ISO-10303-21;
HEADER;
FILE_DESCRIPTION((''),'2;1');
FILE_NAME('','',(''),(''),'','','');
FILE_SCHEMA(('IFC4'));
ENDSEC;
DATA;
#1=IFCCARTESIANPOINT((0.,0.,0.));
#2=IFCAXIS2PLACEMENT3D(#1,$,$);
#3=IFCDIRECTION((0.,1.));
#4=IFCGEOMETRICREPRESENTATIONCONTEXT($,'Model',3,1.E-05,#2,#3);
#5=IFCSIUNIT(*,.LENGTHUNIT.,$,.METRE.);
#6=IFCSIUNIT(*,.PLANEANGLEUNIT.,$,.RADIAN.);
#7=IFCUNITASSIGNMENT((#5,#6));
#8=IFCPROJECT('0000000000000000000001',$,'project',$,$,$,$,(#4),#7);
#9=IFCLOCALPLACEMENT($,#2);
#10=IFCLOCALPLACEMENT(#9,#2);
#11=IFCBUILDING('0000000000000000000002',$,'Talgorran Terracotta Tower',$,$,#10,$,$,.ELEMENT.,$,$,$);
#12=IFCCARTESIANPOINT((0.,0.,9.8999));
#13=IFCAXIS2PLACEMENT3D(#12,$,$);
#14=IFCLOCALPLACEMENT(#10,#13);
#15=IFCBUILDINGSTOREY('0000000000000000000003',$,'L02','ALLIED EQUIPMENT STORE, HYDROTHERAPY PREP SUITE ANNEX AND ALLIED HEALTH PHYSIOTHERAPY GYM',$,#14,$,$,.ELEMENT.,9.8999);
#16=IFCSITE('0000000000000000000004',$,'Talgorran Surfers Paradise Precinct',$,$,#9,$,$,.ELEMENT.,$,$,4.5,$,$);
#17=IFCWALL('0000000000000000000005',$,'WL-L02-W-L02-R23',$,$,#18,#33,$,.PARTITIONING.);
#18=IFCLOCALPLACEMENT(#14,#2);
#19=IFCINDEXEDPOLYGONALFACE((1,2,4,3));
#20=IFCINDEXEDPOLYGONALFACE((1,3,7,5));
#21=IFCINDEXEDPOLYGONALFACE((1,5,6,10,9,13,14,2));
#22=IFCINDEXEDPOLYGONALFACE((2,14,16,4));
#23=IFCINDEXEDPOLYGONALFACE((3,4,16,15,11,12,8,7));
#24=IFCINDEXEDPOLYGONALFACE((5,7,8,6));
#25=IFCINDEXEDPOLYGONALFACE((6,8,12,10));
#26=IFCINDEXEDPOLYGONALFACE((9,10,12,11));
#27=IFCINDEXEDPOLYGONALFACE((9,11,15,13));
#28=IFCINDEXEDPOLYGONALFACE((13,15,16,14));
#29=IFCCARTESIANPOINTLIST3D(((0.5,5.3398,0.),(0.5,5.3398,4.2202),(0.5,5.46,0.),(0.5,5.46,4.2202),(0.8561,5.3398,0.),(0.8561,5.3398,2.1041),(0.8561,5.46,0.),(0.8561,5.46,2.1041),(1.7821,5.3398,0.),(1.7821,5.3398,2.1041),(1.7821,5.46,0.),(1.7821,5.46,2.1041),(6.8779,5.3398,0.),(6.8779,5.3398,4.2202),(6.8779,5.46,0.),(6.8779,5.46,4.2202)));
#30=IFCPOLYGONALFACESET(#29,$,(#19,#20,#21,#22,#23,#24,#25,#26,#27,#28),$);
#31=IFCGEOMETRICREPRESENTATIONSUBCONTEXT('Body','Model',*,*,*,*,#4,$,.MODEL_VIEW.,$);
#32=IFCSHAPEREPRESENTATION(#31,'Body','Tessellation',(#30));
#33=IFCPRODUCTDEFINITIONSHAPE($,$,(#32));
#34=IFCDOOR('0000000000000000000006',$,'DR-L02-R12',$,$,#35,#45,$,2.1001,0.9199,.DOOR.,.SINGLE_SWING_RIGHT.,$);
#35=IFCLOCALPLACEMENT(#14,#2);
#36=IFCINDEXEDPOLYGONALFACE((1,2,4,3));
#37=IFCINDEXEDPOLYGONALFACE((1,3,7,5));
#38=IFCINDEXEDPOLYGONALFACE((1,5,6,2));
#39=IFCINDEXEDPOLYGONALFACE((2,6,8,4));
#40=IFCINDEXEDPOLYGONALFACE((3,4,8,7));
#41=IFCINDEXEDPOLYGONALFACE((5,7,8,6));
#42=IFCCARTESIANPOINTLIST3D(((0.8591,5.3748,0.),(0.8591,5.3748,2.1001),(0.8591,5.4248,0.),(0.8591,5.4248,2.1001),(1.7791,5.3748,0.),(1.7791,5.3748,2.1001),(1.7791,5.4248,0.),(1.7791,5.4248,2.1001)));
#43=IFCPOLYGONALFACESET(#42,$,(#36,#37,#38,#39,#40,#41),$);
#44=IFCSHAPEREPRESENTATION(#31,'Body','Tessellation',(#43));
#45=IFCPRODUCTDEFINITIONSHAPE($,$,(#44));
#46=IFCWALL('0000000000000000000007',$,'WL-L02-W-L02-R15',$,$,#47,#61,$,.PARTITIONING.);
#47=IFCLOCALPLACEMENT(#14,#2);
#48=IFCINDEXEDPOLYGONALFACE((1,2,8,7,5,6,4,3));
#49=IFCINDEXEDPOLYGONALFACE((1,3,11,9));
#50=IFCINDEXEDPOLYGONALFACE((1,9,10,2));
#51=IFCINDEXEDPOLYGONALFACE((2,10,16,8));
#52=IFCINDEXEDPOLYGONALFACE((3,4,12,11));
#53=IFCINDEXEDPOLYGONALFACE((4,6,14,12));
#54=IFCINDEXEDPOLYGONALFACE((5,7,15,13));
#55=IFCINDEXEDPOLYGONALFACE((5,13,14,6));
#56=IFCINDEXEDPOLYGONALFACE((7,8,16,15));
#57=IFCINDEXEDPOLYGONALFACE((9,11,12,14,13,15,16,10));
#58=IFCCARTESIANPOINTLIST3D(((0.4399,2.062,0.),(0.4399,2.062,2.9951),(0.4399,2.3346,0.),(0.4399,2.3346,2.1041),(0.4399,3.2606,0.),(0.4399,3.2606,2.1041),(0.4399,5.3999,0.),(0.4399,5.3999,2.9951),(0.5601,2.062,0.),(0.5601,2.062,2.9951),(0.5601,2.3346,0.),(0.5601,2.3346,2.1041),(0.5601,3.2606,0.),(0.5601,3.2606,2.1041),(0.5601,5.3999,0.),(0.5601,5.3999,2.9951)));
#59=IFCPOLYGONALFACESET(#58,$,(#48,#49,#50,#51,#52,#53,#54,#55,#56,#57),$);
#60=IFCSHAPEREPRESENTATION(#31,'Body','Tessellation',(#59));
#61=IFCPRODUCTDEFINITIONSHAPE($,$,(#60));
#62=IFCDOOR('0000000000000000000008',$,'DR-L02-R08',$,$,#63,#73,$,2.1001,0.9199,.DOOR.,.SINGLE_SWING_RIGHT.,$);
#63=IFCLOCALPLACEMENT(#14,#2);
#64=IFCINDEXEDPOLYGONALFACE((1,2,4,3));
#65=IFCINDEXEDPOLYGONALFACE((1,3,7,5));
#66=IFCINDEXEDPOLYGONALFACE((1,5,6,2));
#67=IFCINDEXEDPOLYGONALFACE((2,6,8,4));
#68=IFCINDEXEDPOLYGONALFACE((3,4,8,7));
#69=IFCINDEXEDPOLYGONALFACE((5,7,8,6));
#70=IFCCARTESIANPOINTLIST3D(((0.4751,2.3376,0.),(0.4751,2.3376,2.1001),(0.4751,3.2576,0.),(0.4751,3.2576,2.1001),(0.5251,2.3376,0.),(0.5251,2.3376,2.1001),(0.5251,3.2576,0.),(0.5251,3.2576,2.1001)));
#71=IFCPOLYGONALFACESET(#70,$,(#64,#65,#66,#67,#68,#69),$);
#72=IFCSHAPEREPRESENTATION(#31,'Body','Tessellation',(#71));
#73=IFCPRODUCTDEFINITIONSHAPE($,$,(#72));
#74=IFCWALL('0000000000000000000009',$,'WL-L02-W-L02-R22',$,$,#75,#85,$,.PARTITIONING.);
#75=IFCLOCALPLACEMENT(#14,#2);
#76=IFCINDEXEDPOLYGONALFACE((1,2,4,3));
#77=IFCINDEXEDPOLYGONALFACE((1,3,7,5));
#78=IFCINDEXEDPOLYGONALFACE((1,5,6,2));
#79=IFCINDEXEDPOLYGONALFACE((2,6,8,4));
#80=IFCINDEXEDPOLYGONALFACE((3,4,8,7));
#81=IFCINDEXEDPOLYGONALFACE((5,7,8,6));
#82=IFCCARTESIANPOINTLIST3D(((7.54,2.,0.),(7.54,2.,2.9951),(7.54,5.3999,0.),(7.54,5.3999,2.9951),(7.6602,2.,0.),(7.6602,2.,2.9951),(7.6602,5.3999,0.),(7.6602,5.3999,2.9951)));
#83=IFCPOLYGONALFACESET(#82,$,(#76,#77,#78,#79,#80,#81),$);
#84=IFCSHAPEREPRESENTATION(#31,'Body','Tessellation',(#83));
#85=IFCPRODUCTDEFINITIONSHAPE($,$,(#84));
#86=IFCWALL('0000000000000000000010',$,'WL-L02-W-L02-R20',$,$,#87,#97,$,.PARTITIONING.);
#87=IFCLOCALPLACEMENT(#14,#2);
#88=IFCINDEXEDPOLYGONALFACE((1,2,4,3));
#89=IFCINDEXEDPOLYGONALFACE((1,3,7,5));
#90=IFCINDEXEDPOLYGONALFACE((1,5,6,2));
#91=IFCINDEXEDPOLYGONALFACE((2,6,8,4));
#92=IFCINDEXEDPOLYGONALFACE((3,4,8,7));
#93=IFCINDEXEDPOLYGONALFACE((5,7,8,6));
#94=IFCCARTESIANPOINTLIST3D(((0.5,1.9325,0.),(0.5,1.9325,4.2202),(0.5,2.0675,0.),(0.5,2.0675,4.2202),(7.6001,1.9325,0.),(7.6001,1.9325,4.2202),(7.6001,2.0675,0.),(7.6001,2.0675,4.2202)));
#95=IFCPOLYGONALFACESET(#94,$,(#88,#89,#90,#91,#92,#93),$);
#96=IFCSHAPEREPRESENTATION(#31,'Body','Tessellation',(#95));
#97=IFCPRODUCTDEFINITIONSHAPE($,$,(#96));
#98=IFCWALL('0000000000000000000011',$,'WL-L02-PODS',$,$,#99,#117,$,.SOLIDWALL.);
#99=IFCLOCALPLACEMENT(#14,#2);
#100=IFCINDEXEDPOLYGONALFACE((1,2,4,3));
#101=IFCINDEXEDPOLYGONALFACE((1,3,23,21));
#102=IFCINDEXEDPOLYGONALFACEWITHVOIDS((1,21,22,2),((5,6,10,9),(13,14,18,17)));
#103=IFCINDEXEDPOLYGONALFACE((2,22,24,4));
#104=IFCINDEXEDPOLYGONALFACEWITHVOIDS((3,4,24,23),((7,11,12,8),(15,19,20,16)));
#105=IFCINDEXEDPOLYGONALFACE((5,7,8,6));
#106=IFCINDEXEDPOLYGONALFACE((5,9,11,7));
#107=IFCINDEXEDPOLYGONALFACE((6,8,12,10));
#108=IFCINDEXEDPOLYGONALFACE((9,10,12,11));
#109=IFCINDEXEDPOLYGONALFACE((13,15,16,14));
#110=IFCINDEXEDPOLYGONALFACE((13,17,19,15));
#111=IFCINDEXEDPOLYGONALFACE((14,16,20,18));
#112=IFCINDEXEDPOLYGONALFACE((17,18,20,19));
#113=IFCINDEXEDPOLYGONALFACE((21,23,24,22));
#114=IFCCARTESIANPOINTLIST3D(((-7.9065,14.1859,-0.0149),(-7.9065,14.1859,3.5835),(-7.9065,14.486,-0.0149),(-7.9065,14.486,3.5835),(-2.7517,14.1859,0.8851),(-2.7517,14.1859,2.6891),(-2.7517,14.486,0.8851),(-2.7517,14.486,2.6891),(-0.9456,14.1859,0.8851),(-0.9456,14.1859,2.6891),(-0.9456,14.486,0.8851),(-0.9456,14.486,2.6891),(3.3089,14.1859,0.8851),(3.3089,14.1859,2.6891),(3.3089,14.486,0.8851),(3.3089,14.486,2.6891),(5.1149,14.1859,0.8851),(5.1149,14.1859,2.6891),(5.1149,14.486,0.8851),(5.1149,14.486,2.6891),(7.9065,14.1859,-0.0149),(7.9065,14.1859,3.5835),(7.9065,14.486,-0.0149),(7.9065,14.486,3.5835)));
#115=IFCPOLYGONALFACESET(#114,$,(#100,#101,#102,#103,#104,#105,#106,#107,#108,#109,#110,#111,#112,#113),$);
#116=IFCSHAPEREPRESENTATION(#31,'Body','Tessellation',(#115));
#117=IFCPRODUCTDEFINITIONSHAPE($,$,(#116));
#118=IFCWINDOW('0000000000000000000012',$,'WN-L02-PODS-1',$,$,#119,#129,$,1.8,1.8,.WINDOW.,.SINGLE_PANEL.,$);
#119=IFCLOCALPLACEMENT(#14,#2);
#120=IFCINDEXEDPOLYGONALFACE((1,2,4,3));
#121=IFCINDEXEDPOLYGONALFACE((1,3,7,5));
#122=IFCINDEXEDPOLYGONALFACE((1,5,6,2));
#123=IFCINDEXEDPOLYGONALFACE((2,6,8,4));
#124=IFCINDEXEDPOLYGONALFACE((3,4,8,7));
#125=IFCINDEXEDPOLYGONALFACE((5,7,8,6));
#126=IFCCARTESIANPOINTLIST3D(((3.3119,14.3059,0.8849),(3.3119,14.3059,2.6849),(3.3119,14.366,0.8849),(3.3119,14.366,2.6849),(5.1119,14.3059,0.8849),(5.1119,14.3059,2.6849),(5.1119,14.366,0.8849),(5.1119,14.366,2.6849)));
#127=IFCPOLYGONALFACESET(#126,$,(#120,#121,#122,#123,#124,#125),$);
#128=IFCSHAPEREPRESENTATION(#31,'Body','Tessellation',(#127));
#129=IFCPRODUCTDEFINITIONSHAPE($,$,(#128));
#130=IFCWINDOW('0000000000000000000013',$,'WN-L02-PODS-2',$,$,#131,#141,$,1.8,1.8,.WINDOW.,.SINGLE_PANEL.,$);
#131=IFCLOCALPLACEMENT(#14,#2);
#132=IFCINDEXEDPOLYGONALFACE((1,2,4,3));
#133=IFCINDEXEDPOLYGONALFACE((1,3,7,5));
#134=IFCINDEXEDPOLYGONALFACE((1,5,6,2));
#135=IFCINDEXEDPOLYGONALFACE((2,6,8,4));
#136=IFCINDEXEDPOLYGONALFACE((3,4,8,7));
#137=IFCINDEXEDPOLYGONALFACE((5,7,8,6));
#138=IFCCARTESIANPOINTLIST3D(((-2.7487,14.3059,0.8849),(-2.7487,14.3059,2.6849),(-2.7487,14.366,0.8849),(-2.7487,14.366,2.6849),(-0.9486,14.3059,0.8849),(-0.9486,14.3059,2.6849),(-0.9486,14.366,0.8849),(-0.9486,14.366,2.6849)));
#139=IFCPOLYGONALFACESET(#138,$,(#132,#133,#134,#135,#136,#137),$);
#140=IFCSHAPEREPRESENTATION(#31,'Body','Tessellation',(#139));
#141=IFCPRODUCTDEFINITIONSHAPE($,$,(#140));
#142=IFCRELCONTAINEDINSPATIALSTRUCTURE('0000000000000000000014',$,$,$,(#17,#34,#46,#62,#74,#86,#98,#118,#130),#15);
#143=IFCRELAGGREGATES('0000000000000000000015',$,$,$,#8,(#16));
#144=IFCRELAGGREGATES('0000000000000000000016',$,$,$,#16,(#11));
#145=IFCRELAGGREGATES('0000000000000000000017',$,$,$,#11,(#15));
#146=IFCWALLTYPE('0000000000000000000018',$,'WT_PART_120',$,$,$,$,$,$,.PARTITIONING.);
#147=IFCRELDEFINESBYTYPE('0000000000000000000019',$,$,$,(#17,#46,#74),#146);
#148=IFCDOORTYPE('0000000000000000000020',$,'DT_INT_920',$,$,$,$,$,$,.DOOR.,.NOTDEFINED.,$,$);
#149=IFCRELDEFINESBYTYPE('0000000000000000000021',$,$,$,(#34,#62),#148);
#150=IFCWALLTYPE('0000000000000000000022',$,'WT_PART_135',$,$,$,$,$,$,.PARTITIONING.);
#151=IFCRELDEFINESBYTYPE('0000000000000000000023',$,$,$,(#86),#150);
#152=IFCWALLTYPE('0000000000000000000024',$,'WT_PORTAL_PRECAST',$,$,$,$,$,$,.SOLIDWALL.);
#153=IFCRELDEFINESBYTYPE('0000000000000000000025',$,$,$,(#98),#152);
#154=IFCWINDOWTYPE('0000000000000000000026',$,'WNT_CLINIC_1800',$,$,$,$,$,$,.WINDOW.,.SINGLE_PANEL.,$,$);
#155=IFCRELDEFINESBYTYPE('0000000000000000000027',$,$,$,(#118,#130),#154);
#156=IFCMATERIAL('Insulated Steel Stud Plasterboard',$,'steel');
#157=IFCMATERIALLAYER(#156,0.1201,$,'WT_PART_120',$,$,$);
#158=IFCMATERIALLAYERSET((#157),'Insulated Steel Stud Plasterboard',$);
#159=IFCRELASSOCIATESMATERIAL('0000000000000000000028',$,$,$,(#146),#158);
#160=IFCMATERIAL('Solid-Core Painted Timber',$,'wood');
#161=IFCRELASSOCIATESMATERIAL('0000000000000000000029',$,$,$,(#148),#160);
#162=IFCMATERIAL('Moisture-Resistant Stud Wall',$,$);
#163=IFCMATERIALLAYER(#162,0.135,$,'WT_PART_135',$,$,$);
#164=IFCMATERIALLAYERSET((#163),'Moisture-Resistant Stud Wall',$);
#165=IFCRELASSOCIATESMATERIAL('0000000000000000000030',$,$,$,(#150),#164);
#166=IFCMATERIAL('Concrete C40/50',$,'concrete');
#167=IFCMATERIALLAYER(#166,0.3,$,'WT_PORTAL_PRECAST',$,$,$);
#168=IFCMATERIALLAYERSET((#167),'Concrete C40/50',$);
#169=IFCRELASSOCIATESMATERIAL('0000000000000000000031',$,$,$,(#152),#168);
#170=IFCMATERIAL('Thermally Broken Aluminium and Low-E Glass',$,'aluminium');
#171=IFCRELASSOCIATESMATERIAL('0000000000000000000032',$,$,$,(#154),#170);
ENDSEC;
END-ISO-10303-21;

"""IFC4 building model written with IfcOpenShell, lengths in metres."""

from ifc_helpers import new_model, si_unit, direction, frame, frame_2d, origin, place, context, subcontext, project, spatial, rectangle, extrude, material, layer, layer_set, type_object, element, fill, save


model = new_model("IFC4")

# Units and contexts
model_context = context("Model", 3, precision=1e-05, world=origin(), true_north=direction((0.0, 1.0)))
body_context = subcontext(model_context, "Body", "Model", "MODEL_VIEW")
ifc_project = project(units=[si_unit("LENGTHUNIT", "METRE"), si_unit("PLANEANGLEUNIT", "RADIAN")], contexts=[model_context])

# Site, building, storey
site_placement = place(None, origin())
site = spatial("IfcSite", under=ifc_project, at=site_placement, Name="Talgorran Surfers Paradise Precinct", CompositionType="ELEMENT", RefElevation=4.5)
building_placement = place(site_placement, origin())
building = spatial("IfcBuilding", under=site, at=building_placement, Name="Talgorran Terracotta Tower", CompositionType="ELEMENT")
storey_placement = place(building_placement, frame((0.0, 0.0, 9.8999)))
storey = spatial("IfcBuildingStorey", under=building, at=storey_placement, Name="L02", Description="ALLIED EQUIPMENT STORE, HYDROTHERAPY PREP SUITE ANNEX AND ALLIED HEALTH PHYSIOTHERAPY GYM", CompositionType="ELEMENT", Elevation=9.8999)

# Shared definitions
ifc_material_1 = material(Name="Concrete C40/50", Category="concrete")

# Shared definitions
ifc_material_2 = material(Name="Insulated Steel Stud Plasterboard", Category="steel")
ifc_layer_1 = layer(ifc_material_2, 0.1201, Name="WT_PART_120")
ifc_layer_set_1 = layer_set([ifc_layer_1], Name="Insulated Steel Stud Plasterboard")
wall_type_1 = type_object("IfcWallType", Name="WT_PART_120", PredefinedType="PARTITIONING", material=ifc_layer_set_1)

# Shared definitions
ifc_material_3 = material(Name="Solid-Core Painted Timber", Category="wood")
door_type = type_object("IfcDoorType", Name="DT_INT_920", OperationType="NOTDEFINED", PredefinedType="DOOR", material=ifc_material_3)

# Walls, openings, doors
wall_1_placement = place(storey_placement, frame((0.5, 5.3999, 0.0), z_axis=(0.0, 0.0, 1.0), x_axis=(1.0, 0.0, 0.0)))
wall_1 = element("IfcWall", 1, at=wall_1_placement, inside=storey, type_object=wall_type_1, Name="WL-L02-W-L02-R23", PredefinedType="PARTITIONING", context=body_context, shape_type="SweptSolid", body=[
    extrude(rectangle(XDim=6.3779, YDim=0.1201, at=frame_2d((3.189, 0.0))), origin(), (0.0, 0.0, 1.0), 4.2202),
])
opening_1_placement = place(wall_1_placement, frame((0.3591, 0.0, 0.0)))
opening_1 = element("IfcOpeningElement", 2, at=opening_1_placement, cuts=wall_1, PredefinedType="OPENING", context=body_context, shape_type="SweptSolid", body=[
    extrude(rectangle(XDim=0.9259, YDim=2.1041, at=frame_2d((0.46, 1.052))), frame((0.0, 0.0701, 0.0), z_axis=(0.0, -1.0, 0.0), x_axis=(1.0, 0.0, 0.0)), (0.0, 0.0, 1.0), 0.1401),
])
door_1_placement = place(opening_1_placement, origin())
door_1 = element("IfcDoor", 3, at=door_1_placement, inside=storey, type_object=door_type, Name="DR-L02-R12", OperationType="SINGLE_SWING_RIGHT", OverallHeight=2.1001, OverallWidth=0.9199, PredefinedType="DOOR", context=body_context, shape_type="SweptSolid", body=[
    extrude(rectangle(XDim=0.9199, YDim=2.1001, at=frame_2d((0.46, 1.05))), frame((0.0, 0.0249, 0.0), z_axis=(0.0, -1.0, 0.0), x_axis=(1.0, 0.0, 0.0)), (0.0, 0.0, 1.0), 0.05),
])
fill(opening_1, door_1)
wall_2_placement = place(storey_placement, frame((0.5, 2.062, 0.0), z_axis=(0.0, 0.0, 1.0), x_axis=(0.0, 1.0, 0.0)))
wall_2 = element("IfcWall", 4, at=wall_2_placement, inside=storey, type_object=wall_type_1, Name="WL-L02-W-L02-R15", PredefinedType="PARTITIONING", context=body_context, shape_type="SweptSolid", body=[
    extrude(rectangle(XDim=3.3379, YDim=0.1201, at=frame_2d((1.6689, 0.0))), origin(), (0.0, 0.0, 1.0), 2.9951),
])
opening_2_placement = place(wall_2_placement, frame((0.2756, 0.0, 0.0)))
opening_2 = element("IfcOpeningElement", 5, at=opening_2_placement, cuts=wall_2, PredefinedType="OPENING", context=body_context, shape_type="SweptSolid", body=[
    extrude(rectangle(XDim=0.9259, YDim=2.1041, at=frame_2d((0.46, 1.052))), frame((0.0, 0.0701, 0.0), z_axis=(0.0, -1.0, 0.0), x_axis=(1.0, 0.0, 0.0)), (0.0, 0.0, 1.0), 0.1401),
])
door_2_placement = place(opening_2_placement, origin())
door_2 = element("IfcDoor", 6, at=door_2_placement, inside=storey, type_object=door_type, Name="DR-L02-R08", OperationType="SINGLE_SWING_RIGHT", OverallHeight=2.1001, OverallWidth=0.9199, PredefinedType="DOOR", context=body_context, shape_type="SweptSolid", body=[
    extrude(rectangle(XDim=0.9199, YDim=2.1001, at=frame_2d((0.46, 1.05))), frame((0.0, 0.0249, 0.0), z_axis=(0.0, -1.0, 0.0), x_axis=(1.0, 0.0, 0.0)), (0.0, 0.0, 1.0), 0.05),
])
fill(opening_2, door_2)

# Walls
wall_3_placement = place(storey_placement, frame((7.6001, 2.0, 0.0), z_axis=(0.0, 0.0, 1.0), x_axis=(0.0, 1.0, 0.0)))
element("IfcWall", 7, at=wall_3_placement, inside=storey, type_object=wall_type_1, Name="WL-L02-W-L02-R22", PredefinedType="PARTITIONING", context=body_context, shape_type="SweptSolid", body=[
    extrude(rectangle(XDim=3.3999, YDim=0.1201, at=frame_2d((1.7, 0.0))), origin(), (0.0, 0.0, 1.0), 2.9951),
])
ifc_material_4 = material(Name="Moisture-Resistant Stud Wall")
ifc_layer_2 = layer(ifc_material_4, 0.135, Name="WT_PART_135")
ifc_layer_set_2 = layer_set([ifc_layer_2], Name="Moisture-Resistant Stud Wall")
wall_type_2 = type_object("IfcWallType", Name="WT_PART_135", PredefinedType="PARTITIONING", material=ifc_layer_set_2)
wall_4_placement = place(storey_placement, frame((0.5, 2.0, 0.0), z_axis=(0.0, 0.0, 1.0), x_axis=(1.0, 0.0, 0.0)))
element("IfcWall", 8, at=wall_4_placement, inside=storey, type_object=wall_type_2, Name="WL-L02-W-L02-R20", PredefinedType="PARTITIONING", context=body_context, shape_type="SweptSolid", body=[
    extrude(rectangle(XDim=7.1001, YDim=0.135, at=frame_2d((3.55, 0.0))), origin(), (0.0, 0.0, 1.0), 4.2202),
])

# Wall, openings, windows
ifc_layer_3 = layer(ifc_material_1, 0.3, Name="WT_PORTAL_PRECAST")
ifc_layer_set_3 = layer_set([ifc_layer_3], Name="Concrete C40/50")
wall_type_3 = type_object("IfcWallType", Name="WT_PORTAL_PRECAST", PredefinedType="SOLIDWALL", material=ifc_layer_set_3)
wall_5_placement = place(storey_placement, frame((7.9065, 14.3359, -0.0149), z_axis=(0.0, 0.0, 1.0), x_axis=(-1.0, 0.0, 0.0)))
wall_5 = element("IfcWall", 9, at=wall_5_placement, inside=storey, type_object=wall_type_3, Name="WL-L02-PODS", PredefinedType="SOLIDWALL", context=body_context, shape_type="SweptSolid", body=[
    extrude(rectangle(XDim=15.813, YDim=0.3, at=frame_2d((7.9065, 0.0))), origin(), (0.0, 0.0, 1.0), 3.5984),
])
opening_3_placement = place(wall_5_placement, frame((2.7947, 0.0, 0.8999)))
opening_3 = element("IfcOpeningElement", 10, at=opening_3_placement, cuts=wall_5, PredefinedType="OPENING", context=body_context, shape_type="SweptSolid", body=[
    extrude(rectangle(XDim=1.806, YDim=1.804, at=frame_2d((0.8999, 0.9021))), frame((0.0, 0.1602, 0.0), z_axis=(0.0, -1.0, 0.0), x_axis=(1.0, 0.0, 0.0)), (0.0, 0.0, 1.0), 0.3201),
])
opening_4_placement = place(wall_5_placement, frame((8.8552, 0.0, 0.8999)))
opening_4 = element("IfcOpeningElement", 11, at=opening_4_placement, cuts=wall_5, PredefinedType="OPENING", context=body_context, shape_type="SweptSolid", body=[
    extrude(rectangle(XDim=1.806, YDim=1.804, at=frame_2d((0.8999, 0.9021))), frame((0.0, 0.1602, 0.0), z_axis=(0.0, -1.0, 0.0), x_axis=(1.0, 0.0, 0.0)), (0.0, 0.0, 1.0), 0.3201),
])
ifc_material_5 = material(Name="Thermally Broken Aluminium and Low-E Glass", Category="aluminium")
window_type = type_object("IfcWindowType", Name="WNT_CLINIC_1800", PartitioningType="SINGLE_PANEL", PredefinedType="WINDOW", material=ifc_material_5)
window_1_placement = place(opening_3_placement, origin())
window_1 = element("IfcWindow", 12, at=window_1_placement, inside=storey, type_object=window_type, Name="WN-L02-PODS-1", OverallHeight=1.8, OverallWidth=1.8, PartitioningType="SINGLE_PANEL", PredefinedType="WINDOW", context=body_context, shape_type="SweptSolid", body=[
    extrude(rectangle(XDim=1.8, YDim=1.8, at=frame_2d((0.8999, 0.8999))), frame((0.0, 0.03, 0.0), z_axis=(0.0, -1.0, 0.0), x_axis=(1.0, 0.0, 0.0)), (0.0, 0.0, 1.0), 0.0601),
])
fill(opening_3, window_1)
window_2_placement = place(opening_4_placement, origin())
window_2 = element("IfcWindow", 13, at=window_2_placement, inside=storey, type_object=window_type, Name="WN-L02-PODS-2", OverallHeight=1.8, OverallWidth=1.8, PartitioningType="SINGLE_PANEL", PredefinedType="WINDOW", context=body_context, shape_type="SweptSolid", body=[
    extrude(rectangle(XDim=1.8, YDim=1.8, at=frame_2d((0.8999, 0.8999))), frame((0.0, 0.03, 0.0), z_axis=(0.0, -1.0, 0.0), x_axis=(1.0, 0.0, 0.0)), (0.0, 0.0, 1.0), 0.0601),
])
fill(opening_4, window_2)

save(model, "model.ifc")
